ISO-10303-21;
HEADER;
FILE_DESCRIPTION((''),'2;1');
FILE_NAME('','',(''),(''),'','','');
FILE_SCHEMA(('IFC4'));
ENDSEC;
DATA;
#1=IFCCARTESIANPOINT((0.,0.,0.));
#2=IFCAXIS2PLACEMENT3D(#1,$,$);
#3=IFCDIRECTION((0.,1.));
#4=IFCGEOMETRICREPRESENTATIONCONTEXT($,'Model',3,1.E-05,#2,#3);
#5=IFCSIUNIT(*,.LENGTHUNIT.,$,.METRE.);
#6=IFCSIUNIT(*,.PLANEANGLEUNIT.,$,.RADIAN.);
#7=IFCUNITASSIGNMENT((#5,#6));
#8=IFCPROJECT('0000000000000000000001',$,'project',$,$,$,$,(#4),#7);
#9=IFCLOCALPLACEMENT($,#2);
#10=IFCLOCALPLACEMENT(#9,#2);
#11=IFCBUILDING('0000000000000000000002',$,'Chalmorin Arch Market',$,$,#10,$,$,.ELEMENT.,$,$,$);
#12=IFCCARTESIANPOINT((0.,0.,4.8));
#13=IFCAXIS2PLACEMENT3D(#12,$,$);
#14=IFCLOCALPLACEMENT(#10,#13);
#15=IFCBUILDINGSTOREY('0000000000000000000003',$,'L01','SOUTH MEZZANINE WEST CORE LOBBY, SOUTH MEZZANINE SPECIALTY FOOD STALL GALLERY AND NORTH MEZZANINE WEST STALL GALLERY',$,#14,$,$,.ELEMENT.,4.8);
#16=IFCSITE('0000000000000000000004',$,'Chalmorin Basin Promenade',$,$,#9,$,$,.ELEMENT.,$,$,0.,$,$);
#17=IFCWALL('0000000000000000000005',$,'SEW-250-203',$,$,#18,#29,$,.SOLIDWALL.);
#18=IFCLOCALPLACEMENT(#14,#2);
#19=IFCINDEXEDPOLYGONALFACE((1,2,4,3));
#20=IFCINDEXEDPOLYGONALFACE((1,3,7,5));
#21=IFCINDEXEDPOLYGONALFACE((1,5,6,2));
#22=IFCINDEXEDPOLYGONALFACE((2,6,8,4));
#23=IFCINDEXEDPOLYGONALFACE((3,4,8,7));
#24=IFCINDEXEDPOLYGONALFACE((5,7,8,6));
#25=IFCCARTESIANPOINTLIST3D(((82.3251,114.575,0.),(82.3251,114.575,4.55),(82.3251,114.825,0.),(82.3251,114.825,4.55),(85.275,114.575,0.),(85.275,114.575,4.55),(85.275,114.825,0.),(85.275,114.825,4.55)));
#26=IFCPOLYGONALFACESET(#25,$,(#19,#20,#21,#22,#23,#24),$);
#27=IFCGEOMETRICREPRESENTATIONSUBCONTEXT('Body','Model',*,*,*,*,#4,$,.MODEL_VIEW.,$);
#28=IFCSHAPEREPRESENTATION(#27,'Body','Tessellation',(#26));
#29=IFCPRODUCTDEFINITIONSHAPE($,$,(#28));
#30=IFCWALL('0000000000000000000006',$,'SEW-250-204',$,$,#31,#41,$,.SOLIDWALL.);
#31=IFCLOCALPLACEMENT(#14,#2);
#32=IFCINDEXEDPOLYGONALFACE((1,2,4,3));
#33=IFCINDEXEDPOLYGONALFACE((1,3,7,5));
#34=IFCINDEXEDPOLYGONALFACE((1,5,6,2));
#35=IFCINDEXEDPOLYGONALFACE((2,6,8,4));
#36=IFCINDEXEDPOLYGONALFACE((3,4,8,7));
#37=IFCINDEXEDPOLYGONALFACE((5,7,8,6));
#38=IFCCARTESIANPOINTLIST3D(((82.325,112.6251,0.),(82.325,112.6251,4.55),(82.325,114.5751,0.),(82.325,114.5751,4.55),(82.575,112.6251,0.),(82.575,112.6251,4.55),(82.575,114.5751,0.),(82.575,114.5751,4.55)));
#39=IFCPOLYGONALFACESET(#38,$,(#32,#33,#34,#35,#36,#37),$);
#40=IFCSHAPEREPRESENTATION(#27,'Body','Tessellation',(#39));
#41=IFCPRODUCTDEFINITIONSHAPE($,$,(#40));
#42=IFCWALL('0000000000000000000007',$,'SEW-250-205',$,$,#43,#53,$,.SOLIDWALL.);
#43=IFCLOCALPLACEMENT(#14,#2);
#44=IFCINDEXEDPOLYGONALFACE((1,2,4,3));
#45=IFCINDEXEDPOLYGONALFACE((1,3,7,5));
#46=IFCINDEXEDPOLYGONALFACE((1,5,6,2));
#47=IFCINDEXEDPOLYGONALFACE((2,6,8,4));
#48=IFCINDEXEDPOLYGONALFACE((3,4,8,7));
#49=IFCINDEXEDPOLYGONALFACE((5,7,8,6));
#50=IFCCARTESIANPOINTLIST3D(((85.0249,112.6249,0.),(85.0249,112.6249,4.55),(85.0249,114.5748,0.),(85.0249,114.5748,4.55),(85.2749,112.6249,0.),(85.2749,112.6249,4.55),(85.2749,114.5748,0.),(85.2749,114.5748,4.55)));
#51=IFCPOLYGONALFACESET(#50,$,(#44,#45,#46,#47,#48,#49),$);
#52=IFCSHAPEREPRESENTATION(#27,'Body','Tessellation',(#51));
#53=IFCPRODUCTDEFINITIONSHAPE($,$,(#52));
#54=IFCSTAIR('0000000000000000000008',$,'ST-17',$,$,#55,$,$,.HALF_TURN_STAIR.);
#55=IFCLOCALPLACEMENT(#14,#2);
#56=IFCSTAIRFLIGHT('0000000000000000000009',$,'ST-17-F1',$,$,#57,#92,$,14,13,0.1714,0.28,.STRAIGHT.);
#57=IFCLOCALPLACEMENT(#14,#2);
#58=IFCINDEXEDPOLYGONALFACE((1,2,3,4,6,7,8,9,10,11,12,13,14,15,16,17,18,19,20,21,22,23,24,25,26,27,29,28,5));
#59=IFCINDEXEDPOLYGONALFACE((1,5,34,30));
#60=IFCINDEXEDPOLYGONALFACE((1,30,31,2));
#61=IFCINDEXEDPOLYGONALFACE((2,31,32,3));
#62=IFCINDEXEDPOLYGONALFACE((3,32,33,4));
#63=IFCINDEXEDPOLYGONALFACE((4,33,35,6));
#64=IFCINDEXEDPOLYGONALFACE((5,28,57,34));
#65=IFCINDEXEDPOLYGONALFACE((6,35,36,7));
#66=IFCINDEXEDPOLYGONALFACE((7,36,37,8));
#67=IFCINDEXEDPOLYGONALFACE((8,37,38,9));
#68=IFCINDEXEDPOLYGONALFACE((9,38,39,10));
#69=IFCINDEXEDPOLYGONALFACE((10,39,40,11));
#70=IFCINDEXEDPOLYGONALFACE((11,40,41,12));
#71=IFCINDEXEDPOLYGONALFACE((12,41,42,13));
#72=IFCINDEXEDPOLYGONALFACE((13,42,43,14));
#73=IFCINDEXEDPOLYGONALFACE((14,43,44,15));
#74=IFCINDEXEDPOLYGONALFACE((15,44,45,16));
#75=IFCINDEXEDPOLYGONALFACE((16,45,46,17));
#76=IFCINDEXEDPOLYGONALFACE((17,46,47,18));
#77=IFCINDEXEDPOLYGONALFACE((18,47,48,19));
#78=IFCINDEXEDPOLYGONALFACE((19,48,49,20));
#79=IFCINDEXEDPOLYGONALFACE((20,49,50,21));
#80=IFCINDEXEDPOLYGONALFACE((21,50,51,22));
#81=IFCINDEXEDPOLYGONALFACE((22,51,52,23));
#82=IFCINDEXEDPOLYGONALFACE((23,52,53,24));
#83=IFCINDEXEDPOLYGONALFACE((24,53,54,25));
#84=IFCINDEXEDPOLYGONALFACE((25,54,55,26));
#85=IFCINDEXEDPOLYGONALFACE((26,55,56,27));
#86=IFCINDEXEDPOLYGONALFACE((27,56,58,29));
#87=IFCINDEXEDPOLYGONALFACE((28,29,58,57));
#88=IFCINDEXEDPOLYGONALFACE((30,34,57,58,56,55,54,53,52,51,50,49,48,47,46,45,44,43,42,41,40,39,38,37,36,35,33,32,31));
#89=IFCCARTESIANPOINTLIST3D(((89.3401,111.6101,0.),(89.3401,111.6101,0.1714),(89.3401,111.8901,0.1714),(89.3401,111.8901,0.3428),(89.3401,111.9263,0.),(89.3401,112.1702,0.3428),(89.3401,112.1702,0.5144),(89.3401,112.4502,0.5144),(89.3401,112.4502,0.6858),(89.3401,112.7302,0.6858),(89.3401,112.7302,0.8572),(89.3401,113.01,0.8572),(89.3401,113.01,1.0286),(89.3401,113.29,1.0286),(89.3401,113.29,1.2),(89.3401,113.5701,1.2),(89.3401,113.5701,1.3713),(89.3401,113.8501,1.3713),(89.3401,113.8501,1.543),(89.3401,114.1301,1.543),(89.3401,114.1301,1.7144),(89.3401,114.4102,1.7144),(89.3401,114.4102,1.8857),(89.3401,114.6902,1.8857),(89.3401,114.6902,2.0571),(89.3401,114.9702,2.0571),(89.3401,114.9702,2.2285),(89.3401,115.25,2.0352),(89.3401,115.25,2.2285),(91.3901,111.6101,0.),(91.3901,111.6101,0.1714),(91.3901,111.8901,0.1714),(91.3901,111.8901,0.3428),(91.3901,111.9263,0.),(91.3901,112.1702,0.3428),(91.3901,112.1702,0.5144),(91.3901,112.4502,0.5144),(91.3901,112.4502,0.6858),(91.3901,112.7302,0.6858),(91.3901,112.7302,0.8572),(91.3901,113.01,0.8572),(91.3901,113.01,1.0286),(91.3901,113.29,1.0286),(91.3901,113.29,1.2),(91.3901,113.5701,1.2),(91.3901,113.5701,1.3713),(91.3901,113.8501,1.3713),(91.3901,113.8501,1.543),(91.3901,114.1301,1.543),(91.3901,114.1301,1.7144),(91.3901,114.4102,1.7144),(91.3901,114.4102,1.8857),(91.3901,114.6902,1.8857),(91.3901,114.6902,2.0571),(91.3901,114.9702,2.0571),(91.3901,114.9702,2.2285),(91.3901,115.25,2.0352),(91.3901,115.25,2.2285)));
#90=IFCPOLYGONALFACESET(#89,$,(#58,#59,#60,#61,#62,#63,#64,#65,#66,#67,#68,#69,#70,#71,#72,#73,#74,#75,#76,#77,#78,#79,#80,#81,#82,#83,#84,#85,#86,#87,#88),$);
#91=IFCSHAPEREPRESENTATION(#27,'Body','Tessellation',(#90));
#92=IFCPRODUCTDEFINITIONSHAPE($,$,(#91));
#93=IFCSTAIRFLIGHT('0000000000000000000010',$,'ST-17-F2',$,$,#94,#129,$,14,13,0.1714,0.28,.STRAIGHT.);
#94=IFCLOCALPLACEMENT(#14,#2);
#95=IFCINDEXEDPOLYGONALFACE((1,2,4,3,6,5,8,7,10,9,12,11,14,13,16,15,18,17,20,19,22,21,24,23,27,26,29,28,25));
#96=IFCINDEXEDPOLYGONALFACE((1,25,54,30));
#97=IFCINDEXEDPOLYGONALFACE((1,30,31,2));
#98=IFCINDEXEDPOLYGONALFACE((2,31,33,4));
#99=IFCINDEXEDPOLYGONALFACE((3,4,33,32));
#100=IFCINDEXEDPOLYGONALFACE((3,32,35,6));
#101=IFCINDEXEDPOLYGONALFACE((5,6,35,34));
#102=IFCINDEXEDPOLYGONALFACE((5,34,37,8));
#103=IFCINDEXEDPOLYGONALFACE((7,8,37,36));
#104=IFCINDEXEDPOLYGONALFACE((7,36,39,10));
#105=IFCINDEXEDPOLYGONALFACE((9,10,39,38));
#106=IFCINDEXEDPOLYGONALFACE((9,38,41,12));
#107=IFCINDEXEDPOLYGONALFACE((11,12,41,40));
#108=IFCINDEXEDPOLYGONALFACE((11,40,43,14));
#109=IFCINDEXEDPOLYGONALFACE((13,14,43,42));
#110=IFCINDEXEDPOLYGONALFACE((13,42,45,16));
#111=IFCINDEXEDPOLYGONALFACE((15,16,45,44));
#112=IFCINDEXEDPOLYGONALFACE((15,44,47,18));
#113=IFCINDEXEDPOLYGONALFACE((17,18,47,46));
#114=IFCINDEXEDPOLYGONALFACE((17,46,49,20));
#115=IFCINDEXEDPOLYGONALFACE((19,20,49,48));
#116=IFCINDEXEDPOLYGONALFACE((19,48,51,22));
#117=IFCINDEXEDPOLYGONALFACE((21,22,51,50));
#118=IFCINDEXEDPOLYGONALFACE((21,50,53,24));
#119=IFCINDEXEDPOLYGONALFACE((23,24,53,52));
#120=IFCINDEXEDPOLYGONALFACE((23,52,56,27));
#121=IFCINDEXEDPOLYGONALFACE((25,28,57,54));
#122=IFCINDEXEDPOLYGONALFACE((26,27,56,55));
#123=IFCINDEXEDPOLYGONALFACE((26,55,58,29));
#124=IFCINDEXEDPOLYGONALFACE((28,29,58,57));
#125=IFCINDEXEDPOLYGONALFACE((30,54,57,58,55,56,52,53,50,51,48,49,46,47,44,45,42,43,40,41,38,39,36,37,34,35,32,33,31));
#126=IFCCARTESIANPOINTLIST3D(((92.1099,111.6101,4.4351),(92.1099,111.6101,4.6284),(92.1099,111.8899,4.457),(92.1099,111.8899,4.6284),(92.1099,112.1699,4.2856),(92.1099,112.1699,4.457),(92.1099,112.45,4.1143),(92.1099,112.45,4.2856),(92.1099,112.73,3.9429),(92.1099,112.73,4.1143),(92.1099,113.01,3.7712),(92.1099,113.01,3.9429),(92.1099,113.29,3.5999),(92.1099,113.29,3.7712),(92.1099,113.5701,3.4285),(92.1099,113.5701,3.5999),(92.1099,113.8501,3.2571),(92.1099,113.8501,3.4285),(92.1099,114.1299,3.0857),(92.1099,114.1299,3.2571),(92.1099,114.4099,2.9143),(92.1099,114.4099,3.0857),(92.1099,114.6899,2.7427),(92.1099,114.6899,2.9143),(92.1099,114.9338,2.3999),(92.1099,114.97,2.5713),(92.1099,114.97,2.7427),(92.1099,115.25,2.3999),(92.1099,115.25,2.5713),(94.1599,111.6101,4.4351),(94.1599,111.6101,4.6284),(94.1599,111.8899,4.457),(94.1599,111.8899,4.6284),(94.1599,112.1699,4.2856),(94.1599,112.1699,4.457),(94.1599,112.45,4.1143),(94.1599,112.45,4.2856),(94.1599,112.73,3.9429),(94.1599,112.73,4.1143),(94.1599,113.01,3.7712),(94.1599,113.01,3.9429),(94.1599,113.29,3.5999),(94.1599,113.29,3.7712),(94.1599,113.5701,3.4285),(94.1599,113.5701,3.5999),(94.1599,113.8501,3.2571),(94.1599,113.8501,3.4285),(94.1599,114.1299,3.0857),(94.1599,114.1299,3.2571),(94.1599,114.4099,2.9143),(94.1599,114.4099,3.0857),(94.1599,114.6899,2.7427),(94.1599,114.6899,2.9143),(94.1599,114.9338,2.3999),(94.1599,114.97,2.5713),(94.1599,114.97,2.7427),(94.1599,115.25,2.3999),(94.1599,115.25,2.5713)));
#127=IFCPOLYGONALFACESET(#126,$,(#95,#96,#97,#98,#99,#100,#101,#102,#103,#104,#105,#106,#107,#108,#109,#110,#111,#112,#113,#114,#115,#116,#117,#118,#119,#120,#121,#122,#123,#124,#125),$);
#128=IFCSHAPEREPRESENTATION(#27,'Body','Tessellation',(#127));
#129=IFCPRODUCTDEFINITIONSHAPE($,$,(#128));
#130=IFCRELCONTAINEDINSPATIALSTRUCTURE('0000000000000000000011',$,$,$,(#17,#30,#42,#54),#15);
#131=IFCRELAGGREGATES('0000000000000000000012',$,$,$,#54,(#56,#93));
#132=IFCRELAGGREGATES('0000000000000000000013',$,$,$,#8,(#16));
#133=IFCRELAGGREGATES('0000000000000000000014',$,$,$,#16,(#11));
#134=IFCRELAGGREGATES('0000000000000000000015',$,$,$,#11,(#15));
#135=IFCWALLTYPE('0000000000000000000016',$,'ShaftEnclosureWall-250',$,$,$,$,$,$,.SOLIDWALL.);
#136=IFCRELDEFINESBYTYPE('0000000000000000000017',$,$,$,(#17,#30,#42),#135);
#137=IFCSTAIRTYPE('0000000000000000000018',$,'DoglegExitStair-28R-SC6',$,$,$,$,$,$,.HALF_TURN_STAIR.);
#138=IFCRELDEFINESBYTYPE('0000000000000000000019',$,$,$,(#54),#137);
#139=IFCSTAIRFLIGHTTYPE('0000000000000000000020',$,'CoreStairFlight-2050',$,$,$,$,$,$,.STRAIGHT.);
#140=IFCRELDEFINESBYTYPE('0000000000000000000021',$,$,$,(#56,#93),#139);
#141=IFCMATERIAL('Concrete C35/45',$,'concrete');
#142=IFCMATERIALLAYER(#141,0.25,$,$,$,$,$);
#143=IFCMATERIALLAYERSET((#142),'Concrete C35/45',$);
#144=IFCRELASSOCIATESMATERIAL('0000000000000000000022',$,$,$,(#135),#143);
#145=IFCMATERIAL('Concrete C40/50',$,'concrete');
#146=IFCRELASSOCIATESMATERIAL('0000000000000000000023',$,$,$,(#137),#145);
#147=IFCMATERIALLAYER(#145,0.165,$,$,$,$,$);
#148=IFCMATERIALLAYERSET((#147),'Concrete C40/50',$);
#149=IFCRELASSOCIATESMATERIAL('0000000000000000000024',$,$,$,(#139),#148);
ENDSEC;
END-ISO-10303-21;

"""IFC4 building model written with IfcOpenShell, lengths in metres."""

from ifc_helpers import new_model, si_unit, direction, frame, frame_2d, origin, place, context, subcontext, project, spatial, polyline, rectangle, outline, extrude, material, layer, layer_set, type_object, element, aggregate, save


model = new_model("IFC4")

# Units and contexts
model_context = context("Model", 3, precision=1e-05, world=origin(), true_north=direction((0.0, 1.0)))
body_context = subcontext(model_context, "Body", "Model", "MODEL_VIEW")
ifc_project = project(units=[si_unit("LENGTHUNIT", "METRE"), si_unit("PLANEANGLEUNIT", "RADIAN")], contexts=[model_context])

# Site, building, storey
site_placement = place(None, origin())
site = spatial("IfcSite", under=ifc_project, at=site_placement, Name="Chalmorin Basin Promenade", CompositionType="ELEMENT", RefElevation=0.0)
building_placement = place(site_placement, origin())
building = spatial("IfcBuilding", under=site, at=building_placement, Name="Chalmorin Arch Market", CompositionType="ELEMENT")
storey_placement = place(building_placement, frame((0.0, 0.0, 4.8)))
storey = spatial("IfcBuildingStorey", under=building, at=storey_placement, Name="L01", Description="SOUTH MEZZANINE WEST CORE LOBBY, SOUTH MEZZANINE SPECIALTY FOOD STALL GALLERY AND NORTH MEZZANINE WEST STALL GALLERY", CompositionType="ELEMENT", Elevation=4.8)

# Shared definitions
ifc_material_1 = material(Name="Concrete C40/50", Category="concrete")

# Shared definitions
ifc_material_2 = material(Name="Concrete C35/45", Category="concrete")
ifc_layer_1 = layer(ifc_material_2, 0.25)
ifc_layer_set_1 = layer_set([ifc_layer_1], Name="Concrete C35/45")
wall_type_1 = type_object("IfcWallType", Name="ShaftEnclosureWall-250", PredefinedType="SOLIDWALL", material=ifc_layer_set_1)

# Walls
wall_1_placement = place(storey_placement, frame((82.325, 114.7, 0.0), z_axis=(0.0, 0.0, 1.0), x_axis=(1.0, 0.0, 0.0)))
element("IfcWall", 1, at=wall_1_placement, inside=storey, type_object=wall_type_1, Name="SEW-250-203", PredefinedType="SOLIDWALL", context=body_context, shape_type="SweptSolid", body=[
    extrude(rectangle(XDim=2.95, YDim=0.25, at=frame_2d((1.4751, 0.0))), origin(), (0.0, 0.0, 1.0), 4.55),
])
for number, where, z_axis, x_axis, name in (
    (2, (82.45, 112.625, 0.0), (0.0, 0.0, 1.0), (0.0, 1.0, 0.0), "SEW-250-204"),
    (3, (85.1499, 114.575, 0.0), (0.0, 0.0, 1.0), (0.0, -1.0, 0.0), "SEW-250-205"),
):
    element("IfcWall", number, at=place(storey_placement, frame(where, z_axis=z_axis, x_axis=x_axis)), inside=storey, type_object=wall_type_1, Name=name, PredefinedType="SOLIDWALL", context=body_context, shape_type="SweptSolid", body=[
        extrude(rectangle(XDim=1.95, YDim=0.25, at=frame_2d((0.9751, 0.0))), origin(), (0.0, 0.0, 1.0), 4.55),
    ])

# Stair, stair flights
stair_type = type_object("IfcStairType", Name="DoglegExitStair-28R-SC6", PredefinedType="HALF_TURN_STAIR", material=ifc_material_1)
stair_placement = place(storey_placement, origin())
stair = element("IfcStair", 4, at=stair_placement, inside=storey, type_object=stair_type, Name="ST-17", PredefinedType="HALF_TURN_STAIR")
ifc_layer_2 = layer(ifc_material_1, 0.165)
ifc_layer_set_2 = layer_set([ifc_layer_2], Name="Concrete C40/50")
stair_flight_type = type_object("IfcStairFlightType", Name="CoreStairFlight-2050", PredefinedType="STRAIGHT", material=ifc_layer_set_2)
stair_flight_1_placement = place(storey_placement, frame((90.365, 111.6101, 0.0), z_axis=(0.0, 0.0, 1.0), x_axis=(0.0, 1.0, 0.0)))
stair_flight_1 = element("IfcStairFlight", 5, at=stair_flight_1_placement, type_object=stair_flight_type, Name="ST-17-F1", NumberOfRisers=14, NumberOfTreads=13, PredefinedType="STRAIGHT", RiserHeight=0.1714, TreadLength=0.28, context=body_context, shape_type="SweptSolid", body=[
    extrude(outline(polyline([(0.0, 0.0), (0.0, 0.1714), (0.28, 0.1714), (0.28, 0.3428), (0.5601, 0.3428), (0.5601, 0.5144), (0.8401, 0.5144), (0.8401, 0.6858), (1.1201, 0.6858), (1.1201, 0.8572), (1.3999, 0.8572), (1.3999, 1.0286), (1.6799, 1.0286), (1.6799, 1.2), (1.96, 1.2), (1.96, 1.3713), (2.24, 1.3713), (2.24, 1.543), (2.52, 1.543), (2.52, 1.7144), (2.8, 1.7144), (2.8, 1.8857), (3.0801, 1.8857), (3.0801, 2.0571), (3.3601, 2.0571), (3.3601, 2.2285), (3.6399, 2.2285), (3.6399, 2.3999), (3.6399, 2.0352), (0.3162, 0.0), (0.0, 0.0)])), frame((0.0, 1.0249, 0.0), z_axis=(0.0, -1.0, 0.0), x_axis=(1.0, 0.0, 0.0)), (0.0, 0.0, 1.0), 2.05),
])
stair_flight_2_placement = place(storey_placement, frame((93.135, 115.25, 2.3999), z_axis=(0.0, 0.0, 1.0), x_axis=(0.0, -1.0, 0.0)))
stair_flight_2 = element("IfcStairFlight", 6, at=stair_flight_2_placement, type_object=stair_flight_type, Name="ST-17-F2", NumberOfRisers=14, NumberOfTreads=13, PredefinedType="STRAIGHT", RiserHeight=0.1714, TreadLength=0.28, context=body_context, shape_type="SweptSolid", body=[
    extrude(outline(polyline([(0.0, 0.0), (0.0, 0.1714), (0.28, 0.1714), (0.28, 0.3428), (0.5601, 0.3428), (0.5601, 0.5144), (0.8401, 0.5144), (0.8401, 0.6858), (1.1201, 0.6858), (1.1201, 0.8572), (1.3999, 0.8572), (1.3999, 1.0286), (1.6799, 1.0286), (1.6799, 1.2), (1.96, 1.2), (1.96, 1.3713), (2.24, 1.3713), (2.24, 1.543), (2.52, 1.543), (2.52, 1.7144), (2.8, 1.7144), (2.8, 1.8857), (3.0801, 1.8857), (3.0801, 2.0571), (3.3601, 2.0571), (3.3601, 2.2285), (3.6399, 2.2285), (3.6399, 2.3999), (3.6399, 2.0352), (0.3162, 0.0), (0.0, 0.0)])), frame((0.0, 1.0249, 0.0), z_axis=(0.0, -1.0, 0.0), x_axis=(1.0, 0.0, 0.0)), (0.0, 0.0, 1.0), 2.05),
])
aggregate(stair, [stair_flight_1, stair_flight_2])

save(model, "model.ifc")
